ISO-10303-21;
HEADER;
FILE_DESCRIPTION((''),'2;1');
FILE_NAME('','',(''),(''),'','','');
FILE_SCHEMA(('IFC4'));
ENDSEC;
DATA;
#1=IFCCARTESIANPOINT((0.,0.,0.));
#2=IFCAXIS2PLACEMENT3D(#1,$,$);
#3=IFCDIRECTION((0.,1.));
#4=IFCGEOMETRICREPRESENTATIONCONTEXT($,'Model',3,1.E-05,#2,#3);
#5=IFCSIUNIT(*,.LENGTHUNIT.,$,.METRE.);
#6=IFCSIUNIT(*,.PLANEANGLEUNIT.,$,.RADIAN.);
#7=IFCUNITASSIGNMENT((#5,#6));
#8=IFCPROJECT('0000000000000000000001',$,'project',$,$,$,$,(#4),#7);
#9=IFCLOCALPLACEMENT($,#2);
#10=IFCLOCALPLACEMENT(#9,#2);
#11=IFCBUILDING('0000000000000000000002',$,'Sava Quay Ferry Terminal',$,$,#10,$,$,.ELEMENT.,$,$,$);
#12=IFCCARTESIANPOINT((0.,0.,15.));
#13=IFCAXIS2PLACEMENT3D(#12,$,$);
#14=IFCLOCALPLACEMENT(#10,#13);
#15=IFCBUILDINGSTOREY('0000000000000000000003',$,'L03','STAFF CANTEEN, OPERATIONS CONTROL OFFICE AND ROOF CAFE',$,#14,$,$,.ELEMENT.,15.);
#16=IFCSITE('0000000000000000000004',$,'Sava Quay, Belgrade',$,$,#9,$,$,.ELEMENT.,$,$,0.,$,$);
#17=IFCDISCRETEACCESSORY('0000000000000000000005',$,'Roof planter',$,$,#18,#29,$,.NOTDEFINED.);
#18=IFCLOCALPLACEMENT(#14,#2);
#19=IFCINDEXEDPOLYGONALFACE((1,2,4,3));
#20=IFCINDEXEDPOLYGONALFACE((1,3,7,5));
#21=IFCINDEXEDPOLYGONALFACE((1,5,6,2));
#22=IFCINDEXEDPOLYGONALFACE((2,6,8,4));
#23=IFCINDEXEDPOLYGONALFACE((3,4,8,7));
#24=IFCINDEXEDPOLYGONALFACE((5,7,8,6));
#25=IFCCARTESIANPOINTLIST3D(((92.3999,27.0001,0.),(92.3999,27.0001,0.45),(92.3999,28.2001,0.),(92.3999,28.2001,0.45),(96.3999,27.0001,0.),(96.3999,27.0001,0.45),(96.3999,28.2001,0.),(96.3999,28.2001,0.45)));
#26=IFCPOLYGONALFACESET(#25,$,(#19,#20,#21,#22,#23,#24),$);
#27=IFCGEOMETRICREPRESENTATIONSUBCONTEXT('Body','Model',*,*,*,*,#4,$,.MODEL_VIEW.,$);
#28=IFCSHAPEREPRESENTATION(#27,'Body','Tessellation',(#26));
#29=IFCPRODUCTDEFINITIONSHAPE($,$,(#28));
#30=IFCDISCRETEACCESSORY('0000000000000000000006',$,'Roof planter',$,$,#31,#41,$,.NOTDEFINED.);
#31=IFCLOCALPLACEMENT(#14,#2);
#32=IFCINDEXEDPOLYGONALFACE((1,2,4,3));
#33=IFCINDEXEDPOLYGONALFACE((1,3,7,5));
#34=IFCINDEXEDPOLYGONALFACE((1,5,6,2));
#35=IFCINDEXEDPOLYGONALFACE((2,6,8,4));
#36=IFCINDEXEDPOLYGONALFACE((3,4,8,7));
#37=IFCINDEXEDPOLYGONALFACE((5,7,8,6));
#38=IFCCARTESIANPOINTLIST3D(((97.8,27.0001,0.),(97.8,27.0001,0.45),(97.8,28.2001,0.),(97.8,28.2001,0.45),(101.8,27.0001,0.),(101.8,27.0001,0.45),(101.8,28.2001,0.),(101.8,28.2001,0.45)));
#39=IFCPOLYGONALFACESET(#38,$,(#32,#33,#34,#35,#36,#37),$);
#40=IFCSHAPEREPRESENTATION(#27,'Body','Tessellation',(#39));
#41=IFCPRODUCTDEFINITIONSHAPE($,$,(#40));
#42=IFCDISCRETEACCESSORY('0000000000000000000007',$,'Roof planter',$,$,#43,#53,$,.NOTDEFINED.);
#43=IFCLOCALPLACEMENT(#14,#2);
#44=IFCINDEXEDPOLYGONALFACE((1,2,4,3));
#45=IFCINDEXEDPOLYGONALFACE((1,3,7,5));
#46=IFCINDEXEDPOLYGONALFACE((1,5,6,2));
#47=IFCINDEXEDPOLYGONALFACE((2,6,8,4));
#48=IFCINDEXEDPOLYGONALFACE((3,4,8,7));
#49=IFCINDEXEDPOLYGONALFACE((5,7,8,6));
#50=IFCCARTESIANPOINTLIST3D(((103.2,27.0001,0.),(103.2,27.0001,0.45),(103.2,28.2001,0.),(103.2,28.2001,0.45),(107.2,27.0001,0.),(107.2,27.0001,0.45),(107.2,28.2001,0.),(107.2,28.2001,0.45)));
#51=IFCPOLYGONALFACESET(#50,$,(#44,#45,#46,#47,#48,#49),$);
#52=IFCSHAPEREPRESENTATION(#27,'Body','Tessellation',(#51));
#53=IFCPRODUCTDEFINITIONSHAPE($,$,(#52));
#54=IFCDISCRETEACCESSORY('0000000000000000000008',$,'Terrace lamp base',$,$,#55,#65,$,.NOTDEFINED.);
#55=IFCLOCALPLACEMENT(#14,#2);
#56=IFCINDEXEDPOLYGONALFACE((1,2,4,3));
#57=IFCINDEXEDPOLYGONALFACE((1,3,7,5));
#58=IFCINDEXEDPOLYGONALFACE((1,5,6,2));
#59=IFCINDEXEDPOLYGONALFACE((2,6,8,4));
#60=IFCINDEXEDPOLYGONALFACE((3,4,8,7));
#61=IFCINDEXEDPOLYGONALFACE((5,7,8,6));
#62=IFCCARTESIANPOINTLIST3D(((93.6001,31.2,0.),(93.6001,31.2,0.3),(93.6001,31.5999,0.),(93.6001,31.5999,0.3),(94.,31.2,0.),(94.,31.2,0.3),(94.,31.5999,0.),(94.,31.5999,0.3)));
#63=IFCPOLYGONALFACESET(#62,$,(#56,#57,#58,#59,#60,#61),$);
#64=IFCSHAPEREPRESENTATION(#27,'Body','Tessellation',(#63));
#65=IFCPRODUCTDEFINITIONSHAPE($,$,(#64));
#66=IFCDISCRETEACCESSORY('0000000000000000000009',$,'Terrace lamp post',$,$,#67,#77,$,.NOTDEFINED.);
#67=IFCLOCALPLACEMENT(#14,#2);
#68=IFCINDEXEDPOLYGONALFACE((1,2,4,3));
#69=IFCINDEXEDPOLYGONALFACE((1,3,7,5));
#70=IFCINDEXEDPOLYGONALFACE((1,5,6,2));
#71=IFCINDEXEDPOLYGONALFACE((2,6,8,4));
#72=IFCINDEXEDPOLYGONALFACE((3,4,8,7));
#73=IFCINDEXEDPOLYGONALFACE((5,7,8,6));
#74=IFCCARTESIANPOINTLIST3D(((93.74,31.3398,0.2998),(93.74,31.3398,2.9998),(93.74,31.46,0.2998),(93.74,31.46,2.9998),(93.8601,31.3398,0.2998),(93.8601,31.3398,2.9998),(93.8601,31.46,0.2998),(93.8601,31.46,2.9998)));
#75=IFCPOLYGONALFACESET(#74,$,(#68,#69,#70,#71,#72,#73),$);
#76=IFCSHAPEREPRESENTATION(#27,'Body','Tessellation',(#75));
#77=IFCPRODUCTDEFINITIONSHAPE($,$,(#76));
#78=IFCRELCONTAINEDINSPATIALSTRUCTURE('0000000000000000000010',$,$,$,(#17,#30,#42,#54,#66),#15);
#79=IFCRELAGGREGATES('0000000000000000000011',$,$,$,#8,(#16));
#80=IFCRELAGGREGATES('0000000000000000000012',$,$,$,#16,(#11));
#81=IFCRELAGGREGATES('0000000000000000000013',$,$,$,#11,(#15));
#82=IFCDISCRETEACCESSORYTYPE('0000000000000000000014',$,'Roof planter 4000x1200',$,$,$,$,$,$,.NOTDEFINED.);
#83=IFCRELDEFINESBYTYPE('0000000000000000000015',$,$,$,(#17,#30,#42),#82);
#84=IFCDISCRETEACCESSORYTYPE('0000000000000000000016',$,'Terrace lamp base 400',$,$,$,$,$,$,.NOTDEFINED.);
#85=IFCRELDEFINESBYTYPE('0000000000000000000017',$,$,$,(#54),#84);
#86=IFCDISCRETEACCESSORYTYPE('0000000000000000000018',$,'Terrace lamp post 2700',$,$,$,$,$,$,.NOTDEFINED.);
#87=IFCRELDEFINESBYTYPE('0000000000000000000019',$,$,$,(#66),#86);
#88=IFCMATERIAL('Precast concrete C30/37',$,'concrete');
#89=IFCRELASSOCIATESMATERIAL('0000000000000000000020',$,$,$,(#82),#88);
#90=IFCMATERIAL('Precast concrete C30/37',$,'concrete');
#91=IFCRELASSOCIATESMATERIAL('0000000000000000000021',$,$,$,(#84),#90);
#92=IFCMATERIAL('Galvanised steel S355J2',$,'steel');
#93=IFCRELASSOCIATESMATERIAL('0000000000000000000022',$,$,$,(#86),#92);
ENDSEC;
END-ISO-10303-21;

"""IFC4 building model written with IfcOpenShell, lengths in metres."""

from ifc_helpers import new_model, si_unit, direction, frame, origin, origin_2d, place, context, subcontext, project, spatial, rectangle, extrude, material, type_object, element, save


model = new_model("IFC4")

# Units and contexts
model_context = context("Model", 3, precision=1e-05, world=origin(), true_north=direction((0.0, 1.0)))
body_context = subcontext(model_context, "Body", "Model", "MODEL_VIEW")
ifc_project = project(units=[si_unit("LENGTHUNIT", "METRE"), si_unit("PLANEANGLEUNIT", "RADIAN")], contexts=[model_context])

# Site, building, storey
site_placement = place(None, origin())
site = spatial("IfcSite", under=ifc_project, at=site_placement, Name="Sava Quay, Belgrade", CompositionType="ELEMENT", RefElevation=0.0)
building_placement = place(site_placement, origin())
building = spatial("IfcBuilding", under=site, at=building_placement, Name="Sava Quay Ferry Terminal", CompositionType="ELEMENT")
storey_placement = place(building_placement, frame((0.0, 0.0, 15.0)))
storey = spatial("IfcBuildingStorey", under=building, at=storey_placement, Name="L03", Description="STAFF CANTEEN, OPERATIONS CONTROL OFFICE AND ROOF CAFE", CompositionType="ELEMENT", Elevation=15.0)

# Discrete accessories
ifc_material_1 = material(Name="Precast concrete C30/37", Category="concrete")
discrete_accessory_type_1 = type_object("IfcDiscreteAccessoryType", Name="Roof planter 4000x1200", PredefinedType="NOTDEFINED", material=ifc_material_1)
for number, where, z_axis, x_axis, name in (
    (1, (94.3999, 27.6001, 0.0), (0.0, 0.0, 1.0), (1.0, 0.0, 0.0), "Roof planter"),
    (2, (99.8, 27.6001, 0.0), (0.0, 0.0, 1.0), (1.0, 0.0, 0.0), "Roof planter"),
    (3, (105.2, 27.6001, 0.0), (0.0, 0.0, 1.0), (1.0, 0.0, 0.0), "Roof planter"),
):
    element("IfcDiscreteAccessory", number, at=place(storey_placement, frame(where, z_axis=z_axis, x_axis=x_axis)), inside=storey, type_object=discrete_accessory_type_1, Name=name, PredefinedType="NOTDEFINED", context=body_context, shape_type="SweptSolid", body=[
        extrude(rectangle(XDim=4.0, YDim=1.2, at=origin_2d()), origin(), (0.0, 0.0, 1.0), 0.45),
    ])
ifc_material_2 = material(Name="Precast concrete C30/37", Category="concrete")
discrete_accessory_type_2 = type_object("IfcDiscreteAccessoryType", Name="Terrace lamp base 400", PredefinedType="NOTDEFINED", material=ifc_material_2)
discrete_accessory_1_placement = place(storey_placement, frame((93.8, 31.3999, 0.0), z_axis=(0.0, 0.0, 1.0), x_axis=(1.0, 0.0, 0.0)))
element("IfcDiscreteAccessory", 4, at=discrete_accessory_1_placement, inside=storey, type_object=discrete_accessory_type_2, Name="Terrace lamp base", PredefinedType="NOTDEFINED", context=body_context, shape_type="SweptSolid", body=[
    extrude(rectangle(XDim=0.3999, YDim=0.3999, at=origin_2d()), origin(), (0.0, 0.0, 1.0), 0.3),
])
ifc_material_3 = material(Name="Galvanised steel S355J2", Category="steel")
discrete_accessory_type_3 = type_object("IfcDiscreteAccessoryType", Name="Terrace lamp post 2700", PredefinedType="NOTDEFINED", material=ifc_material_3)
discrete_accessory_2_placement = place(storey_placement, frame((93.8, 31.3999, 0.2998), z_axis=(0.0, 0.0, 1.0), x_axis=(1.0, 0.0, 0.0)))
element("IfcDiscreteAccessory", 5, at=discrete_accessory_2_placement, inside=storey, type_object=discrete_accessory_type_3, Name="Terrace lamp post", PredefinedType="NOTDEFINED", context=body_context, shape_type="SweptSolid", body=[
    extrude(rectangle(XDim=0.1201, YDim=0.1201, at=origin_2d()), origin(), (0.0, 0.0, 1.0), 2.7),
])

save(model, "model.ifc")
